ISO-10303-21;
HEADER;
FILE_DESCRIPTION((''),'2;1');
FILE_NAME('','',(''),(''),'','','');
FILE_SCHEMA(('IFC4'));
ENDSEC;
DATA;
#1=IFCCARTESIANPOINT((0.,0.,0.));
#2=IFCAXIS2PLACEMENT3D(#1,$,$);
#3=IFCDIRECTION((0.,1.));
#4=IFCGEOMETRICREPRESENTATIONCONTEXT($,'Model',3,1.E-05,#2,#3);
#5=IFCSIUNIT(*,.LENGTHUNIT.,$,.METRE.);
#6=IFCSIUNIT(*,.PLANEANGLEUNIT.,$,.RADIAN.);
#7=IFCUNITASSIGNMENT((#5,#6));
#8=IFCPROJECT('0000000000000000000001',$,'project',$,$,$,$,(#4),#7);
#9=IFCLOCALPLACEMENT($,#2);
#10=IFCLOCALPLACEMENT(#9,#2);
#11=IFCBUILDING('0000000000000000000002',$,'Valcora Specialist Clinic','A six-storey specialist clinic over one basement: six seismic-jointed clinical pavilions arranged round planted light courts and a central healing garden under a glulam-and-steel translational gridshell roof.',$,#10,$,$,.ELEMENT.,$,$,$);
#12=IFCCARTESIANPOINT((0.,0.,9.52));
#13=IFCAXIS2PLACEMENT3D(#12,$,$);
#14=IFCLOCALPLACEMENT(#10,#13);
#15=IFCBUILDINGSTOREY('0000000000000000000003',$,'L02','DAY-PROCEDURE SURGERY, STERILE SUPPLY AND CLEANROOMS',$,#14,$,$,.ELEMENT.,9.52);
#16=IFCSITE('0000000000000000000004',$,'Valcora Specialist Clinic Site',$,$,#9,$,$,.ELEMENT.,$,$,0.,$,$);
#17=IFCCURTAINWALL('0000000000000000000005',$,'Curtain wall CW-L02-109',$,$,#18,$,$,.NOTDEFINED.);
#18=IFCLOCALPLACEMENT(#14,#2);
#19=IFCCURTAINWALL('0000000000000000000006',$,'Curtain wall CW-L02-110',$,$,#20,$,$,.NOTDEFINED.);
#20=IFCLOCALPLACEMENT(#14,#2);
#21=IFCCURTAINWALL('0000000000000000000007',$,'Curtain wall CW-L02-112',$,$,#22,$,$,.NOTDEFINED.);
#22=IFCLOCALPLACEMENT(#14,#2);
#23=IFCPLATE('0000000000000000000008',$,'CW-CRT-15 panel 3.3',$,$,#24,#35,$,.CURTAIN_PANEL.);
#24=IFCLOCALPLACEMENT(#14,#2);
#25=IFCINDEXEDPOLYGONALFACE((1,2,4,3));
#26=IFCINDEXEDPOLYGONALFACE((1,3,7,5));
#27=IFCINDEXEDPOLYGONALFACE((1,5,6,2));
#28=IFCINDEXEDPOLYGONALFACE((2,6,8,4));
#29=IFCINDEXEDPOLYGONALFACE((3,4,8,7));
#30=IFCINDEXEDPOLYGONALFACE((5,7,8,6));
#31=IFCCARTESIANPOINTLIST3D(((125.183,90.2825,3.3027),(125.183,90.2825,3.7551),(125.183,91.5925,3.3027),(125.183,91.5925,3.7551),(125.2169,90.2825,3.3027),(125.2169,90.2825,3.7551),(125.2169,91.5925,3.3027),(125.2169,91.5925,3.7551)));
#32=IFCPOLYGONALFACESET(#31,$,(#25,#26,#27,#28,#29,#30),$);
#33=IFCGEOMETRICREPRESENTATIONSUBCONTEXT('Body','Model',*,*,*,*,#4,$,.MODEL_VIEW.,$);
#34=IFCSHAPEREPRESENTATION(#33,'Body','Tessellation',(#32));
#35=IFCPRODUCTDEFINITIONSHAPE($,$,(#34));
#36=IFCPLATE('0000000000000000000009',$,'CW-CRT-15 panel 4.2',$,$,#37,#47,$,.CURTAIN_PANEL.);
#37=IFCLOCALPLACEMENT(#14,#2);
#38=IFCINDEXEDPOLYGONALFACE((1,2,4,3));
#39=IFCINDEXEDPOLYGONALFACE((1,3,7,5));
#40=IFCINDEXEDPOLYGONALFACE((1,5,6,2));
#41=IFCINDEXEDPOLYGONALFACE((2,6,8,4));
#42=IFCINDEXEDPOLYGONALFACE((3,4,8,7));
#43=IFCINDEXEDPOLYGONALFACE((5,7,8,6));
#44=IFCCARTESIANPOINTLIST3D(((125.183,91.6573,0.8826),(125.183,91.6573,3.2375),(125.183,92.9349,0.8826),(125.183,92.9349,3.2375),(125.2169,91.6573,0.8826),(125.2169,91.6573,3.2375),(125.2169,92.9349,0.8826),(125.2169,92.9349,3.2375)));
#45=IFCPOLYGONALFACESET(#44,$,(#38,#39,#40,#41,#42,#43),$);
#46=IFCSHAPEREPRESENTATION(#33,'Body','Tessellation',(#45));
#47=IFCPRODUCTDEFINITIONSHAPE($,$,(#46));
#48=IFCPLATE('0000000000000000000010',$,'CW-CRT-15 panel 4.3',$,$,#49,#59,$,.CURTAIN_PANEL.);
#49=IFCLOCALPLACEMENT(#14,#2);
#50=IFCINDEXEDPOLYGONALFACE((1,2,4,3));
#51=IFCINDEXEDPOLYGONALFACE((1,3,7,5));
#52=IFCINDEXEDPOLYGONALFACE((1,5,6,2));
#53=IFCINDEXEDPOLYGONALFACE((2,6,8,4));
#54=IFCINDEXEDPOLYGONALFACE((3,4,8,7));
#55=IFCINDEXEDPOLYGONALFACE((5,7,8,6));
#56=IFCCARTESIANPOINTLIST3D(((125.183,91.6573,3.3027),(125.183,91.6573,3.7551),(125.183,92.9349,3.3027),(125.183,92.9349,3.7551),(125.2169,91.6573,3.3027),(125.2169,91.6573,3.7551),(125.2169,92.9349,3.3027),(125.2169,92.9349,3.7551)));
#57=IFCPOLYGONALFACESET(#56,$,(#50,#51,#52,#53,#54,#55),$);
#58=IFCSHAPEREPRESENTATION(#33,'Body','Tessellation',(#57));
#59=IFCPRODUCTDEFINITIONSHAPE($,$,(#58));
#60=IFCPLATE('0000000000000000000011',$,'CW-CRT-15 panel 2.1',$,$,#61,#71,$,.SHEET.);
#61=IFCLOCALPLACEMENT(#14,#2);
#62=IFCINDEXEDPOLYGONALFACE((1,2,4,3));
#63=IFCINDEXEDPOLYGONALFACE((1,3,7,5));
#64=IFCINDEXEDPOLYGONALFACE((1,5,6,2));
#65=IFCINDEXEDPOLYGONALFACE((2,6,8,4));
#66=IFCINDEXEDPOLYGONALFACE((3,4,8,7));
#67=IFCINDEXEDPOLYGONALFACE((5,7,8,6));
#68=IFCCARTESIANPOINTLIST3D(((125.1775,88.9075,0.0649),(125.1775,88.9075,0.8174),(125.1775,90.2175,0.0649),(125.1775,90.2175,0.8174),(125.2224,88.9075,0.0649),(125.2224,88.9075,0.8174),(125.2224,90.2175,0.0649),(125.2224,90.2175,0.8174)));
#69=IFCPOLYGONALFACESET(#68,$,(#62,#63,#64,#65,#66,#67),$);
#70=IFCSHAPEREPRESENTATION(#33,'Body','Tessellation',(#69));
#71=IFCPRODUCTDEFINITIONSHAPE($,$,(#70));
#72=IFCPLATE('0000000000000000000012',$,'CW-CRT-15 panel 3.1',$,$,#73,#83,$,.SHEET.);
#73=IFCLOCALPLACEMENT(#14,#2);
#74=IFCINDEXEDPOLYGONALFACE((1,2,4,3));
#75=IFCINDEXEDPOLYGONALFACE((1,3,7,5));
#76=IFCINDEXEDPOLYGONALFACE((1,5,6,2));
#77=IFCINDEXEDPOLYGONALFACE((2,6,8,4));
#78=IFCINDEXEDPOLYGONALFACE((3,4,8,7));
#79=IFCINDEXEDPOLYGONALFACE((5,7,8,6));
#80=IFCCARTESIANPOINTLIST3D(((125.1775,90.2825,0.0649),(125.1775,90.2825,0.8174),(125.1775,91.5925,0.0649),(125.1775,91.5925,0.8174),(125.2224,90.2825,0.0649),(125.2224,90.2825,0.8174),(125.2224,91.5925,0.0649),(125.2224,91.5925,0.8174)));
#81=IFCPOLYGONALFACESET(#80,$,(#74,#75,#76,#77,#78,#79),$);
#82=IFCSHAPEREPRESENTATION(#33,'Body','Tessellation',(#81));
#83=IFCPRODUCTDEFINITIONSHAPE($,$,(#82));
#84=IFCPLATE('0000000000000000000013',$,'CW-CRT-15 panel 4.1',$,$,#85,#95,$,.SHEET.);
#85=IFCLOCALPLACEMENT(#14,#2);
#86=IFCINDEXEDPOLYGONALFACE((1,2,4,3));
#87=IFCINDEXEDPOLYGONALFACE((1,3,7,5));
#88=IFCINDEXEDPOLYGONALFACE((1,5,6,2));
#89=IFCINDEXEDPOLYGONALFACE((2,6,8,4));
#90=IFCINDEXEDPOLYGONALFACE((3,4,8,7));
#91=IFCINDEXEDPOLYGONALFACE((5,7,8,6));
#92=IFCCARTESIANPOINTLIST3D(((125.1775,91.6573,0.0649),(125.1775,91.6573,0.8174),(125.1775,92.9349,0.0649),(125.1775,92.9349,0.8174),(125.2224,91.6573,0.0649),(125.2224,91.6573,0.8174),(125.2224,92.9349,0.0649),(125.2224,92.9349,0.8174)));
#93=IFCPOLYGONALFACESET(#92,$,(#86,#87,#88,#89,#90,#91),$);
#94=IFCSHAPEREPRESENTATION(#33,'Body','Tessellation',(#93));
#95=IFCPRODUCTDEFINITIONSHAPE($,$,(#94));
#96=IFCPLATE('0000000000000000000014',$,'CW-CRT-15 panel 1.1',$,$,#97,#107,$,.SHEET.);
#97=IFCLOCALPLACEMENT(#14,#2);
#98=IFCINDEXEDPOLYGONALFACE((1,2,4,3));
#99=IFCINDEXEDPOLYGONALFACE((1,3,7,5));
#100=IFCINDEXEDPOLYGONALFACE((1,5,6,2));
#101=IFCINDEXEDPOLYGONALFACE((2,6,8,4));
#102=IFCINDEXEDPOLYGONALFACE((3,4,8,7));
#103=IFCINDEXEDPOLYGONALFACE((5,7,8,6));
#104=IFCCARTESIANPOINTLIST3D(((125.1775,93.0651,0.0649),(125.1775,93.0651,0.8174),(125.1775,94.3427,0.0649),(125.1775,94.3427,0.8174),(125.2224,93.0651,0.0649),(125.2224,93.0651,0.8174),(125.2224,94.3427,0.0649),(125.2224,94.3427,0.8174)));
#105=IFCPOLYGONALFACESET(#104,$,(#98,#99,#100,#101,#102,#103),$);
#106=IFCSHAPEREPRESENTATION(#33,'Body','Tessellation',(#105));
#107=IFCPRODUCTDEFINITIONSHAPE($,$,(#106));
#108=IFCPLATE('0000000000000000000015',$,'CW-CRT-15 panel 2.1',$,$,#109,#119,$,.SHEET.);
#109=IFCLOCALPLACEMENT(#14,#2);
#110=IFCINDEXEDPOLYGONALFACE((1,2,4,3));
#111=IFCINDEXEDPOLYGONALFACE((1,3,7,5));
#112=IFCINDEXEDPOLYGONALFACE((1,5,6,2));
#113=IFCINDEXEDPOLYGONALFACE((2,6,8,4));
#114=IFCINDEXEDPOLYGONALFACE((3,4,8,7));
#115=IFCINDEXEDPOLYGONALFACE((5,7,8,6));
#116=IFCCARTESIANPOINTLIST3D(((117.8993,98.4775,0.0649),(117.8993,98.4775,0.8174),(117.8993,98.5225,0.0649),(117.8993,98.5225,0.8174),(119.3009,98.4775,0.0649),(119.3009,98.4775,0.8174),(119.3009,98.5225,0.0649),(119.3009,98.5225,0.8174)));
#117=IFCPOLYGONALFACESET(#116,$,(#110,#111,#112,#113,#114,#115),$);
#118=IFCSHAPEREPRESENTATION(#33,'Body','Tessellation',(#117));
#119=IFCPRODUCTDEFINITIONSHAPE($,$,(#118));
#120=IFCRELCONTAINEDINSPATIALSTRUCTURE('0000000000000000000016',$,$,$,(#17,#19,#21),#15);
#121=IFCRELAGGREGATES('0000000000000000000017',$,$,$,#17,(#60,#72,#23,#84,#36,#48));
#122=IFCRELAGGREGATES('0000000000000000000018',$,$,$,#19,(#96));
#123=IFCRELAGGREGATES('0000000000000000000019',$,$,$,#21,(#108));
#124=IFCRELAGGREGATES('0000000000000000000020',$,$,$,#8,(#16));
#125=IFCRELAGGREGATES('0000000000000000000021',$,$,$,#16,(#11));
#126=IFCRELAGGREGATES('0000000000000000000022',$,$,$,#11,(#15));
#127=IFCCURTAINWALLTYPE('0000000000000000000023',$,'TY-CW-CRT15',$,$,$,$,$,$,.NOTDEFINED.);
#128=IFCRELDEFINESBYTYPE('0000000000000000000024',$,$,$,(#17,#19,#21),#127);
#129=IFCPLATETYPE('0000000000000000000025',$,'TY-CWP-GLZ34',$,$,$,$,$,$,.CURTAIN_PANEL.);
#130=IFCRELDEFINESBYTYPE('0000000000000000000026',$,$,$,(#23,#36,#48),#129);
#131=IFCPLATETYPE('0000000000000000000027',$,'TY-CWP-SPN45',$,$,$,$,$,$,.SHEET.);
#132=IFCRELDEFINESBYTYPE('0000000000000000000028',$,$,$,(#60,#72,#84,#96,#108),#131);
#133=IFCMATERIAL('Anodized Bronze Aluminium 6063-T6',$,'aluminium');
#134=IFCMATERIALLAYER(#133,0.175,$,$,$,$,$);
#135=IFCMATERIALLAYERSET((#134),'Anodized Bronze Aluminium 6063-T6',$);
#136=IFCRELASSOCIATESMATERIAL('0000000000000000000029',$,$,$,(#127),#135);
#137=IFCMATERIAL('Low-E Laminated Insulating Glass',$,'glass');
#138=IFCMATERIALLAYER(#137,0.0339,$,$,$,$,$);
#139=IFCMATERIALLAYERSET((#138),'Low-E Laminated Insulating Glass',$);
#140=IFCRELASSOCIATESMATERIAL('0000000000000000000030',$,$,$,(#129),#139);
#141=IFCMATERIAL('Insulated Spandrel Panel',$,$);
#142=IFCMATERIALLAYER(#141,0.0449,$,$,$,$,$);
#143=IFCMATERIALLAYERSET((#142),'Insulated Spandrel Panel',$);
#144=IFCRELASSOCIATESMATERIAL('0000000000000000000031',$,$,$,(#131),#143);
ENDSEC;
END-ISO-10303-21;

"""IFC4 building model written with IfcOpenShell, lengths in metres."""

from ifc_helpers import new_model, si_unit, direction, frame, origin, origin_2d, place, context, subcontext, project, spatial, rectangle, extrude, material, layer, layer_set, type_object, element, aggregate, save


model = new_model("IFC4")

# Units and contexts
model_context = context("Model", 3, precision=1e-05, world=origin(), true_north=direction((0.0, 1.0)))
body_context = subcontext(model_context, "Body", "Model", "MODEL_VIEW")
ifc_project = project(units=[si_unit("LENGTHUNIT", "METRE"), si_unit("PLANEANGLEUNIT", "RADIAN")], contexts=[model_context])

# Site, building, storey
site_placement = place(None, origin())
site = spatial("IfcSite", under=ifc_project, at=site_placement, Name="Valcora Specialist Clinic Site", CompositionType="ELEMENT", RefElevation=0.0)
building_placement = place(site_placement, origin())
building = spatial("IfcBuilding", under=site, at=building_placement, Name="Valcora Specialist Clinic", Description="A six-storey specialist clinic over one basement: six seismic-jointed clinical pavilions arranged round planted light courts and a central healing garden under a glulam-and-steel translational gridshell roof.", CompositionType="ELEMENT")
storey_placement = place(building_placement, frame((0.0, 0.0, 9.52)))
storey = spatial("IfcBuildingStorey", under=building, at=storey_placement, Name="L02", Description="DAY-PROCEDURE SURGERY, STERILE SUPPLY AND CLEANROOMS", CompositionType="ELEMENT", Elevation=9.52)

# Curtain walls
ifc_material_1 = material(Name="Anodized Bronze Aluminium 6063-T6", Category="aluminium")
ifc_layer_1 = layer(ifc_material_1, 0.175)
ifc_layer_set_1 = layer_set([ifc_layer_1], Name="Anodized Bronze Aluminium 6063-T6")
curtain_wall_type = type_object("IfcCurtainWallType", Name="TY-CW-CRT15", PredefinedType="NOTDEFINED", material=ifc_layer_set_1)
curtain_wall_1_placement = place(storey_placement, origin())
curtain_wall_1 = element("IfcCurtainWall", 1, at=curtain_wall_1_placement, inside=storey, type_object=curtain_wall_type, Name="Curtain wall CW-L02-109", PredefinedType="NOTDEFINED")
curtain_wall_2_placement = place(storey_placement, origin())
curtain_wall_2 = element("IfcCurtainWall", 2, at=curtain_wall_2_placement, inside=storey, type_object=curtain_wall_type, Name="Curtain wall CW-L02-110", PredefinedType="NOTDEFINED")

# Curtain wall
curtain_wall_3_placement = place(storey_placement, origin())
curtain_wall_3 = element("IfcCurtainWall", 3, at=curtain_wall_3_placement, inside=storey, type_object=curtain_wall_type, Name="Curtain wall CW-L02-112", PredefinedType="NOTDEFINED")

# Plates
ifc_material_2 = material(Name="Low-E Laminated Insulating Glass", Category="glass")
ifc_layer_2 = layer(ifc_material_2, 0.0339)
ifc_layer_set_2 = layer_set([ifc_layer_2], Name="Low-E Laminated Insulating Glass")
plate_type_1 = type_object("IfcPlateType", Name="TY-CWP-GLZ34", PredefinedType="CURTAIN_PANEL", material=ifc_layer_set_2)
plate_1_placement = place(storey_placement, frame((125.2, 90.9375, 3.3027), z_axis=(0.0, 0.0, 1.0), x_axis=(0.0, 1.0, 0.0)))
plate_1 = element("IfcPlate", 4, at=plate_1_placement, type_object=plate_type_1, Name="CW-CRT-15 panel 3.3", PredefinedType="CURTAIN_PANEL", context=body_context, shape_type="SweptSolid", body=[
    extrude(rectangle(XDim=1.3101, YDim=0.0339, at=origin_2d()), origin(), (0.0, 0.0, 1.0), 0.4524),
])
plate_2_placement = place(storey_placement, frame((125.2, 92.2961, 0.8826), z_axis=(0.0, 0.0, 1.0), x_axis=(0.0, 1.0, 0.0)))
plate_2 = element("IfcPlate", 5, at=plate_2_placement, type_object=plate_type_1, Name="CW-CRT-15 panel 4.2", PredefinedType="CURTAIN_PANEL", context=body_context, shape_type="SweptSolid", body=[
    extrude(rectangle(XDim=1.2776, YDim=0.0339, at=origin_2d()), origin(), (0.0, 0.0, 1.0), 2.355),
])
plate_3_placement = place(storey_placement, frame((125.2, 92.2961, 3.3027), z_axis=(0.0, 0.0, 1.0), x_axis=(0.0, 1.0, 0.0)))
plate_3 = element("IfcPlate", 6, at=plate_3_placement, type_object=plate_type_1, Name="CW-CRT-15 panel 4.3", PredefinedType="CURTAIN_PANEL", context=body_context, shape_type="SweptSolid", body=[
    extrude(rectangle(XDim=1.2776, YDim=0.0339, at=origin_2d()), origin(), (0.0, 0.0, 1.0), 0.4524),
])
ifc_material_3 = material(Name="Insulated Spandrel Panel")
ifc_layer_3 = layer(ifc_material_3, 0.0449)
ifc_layer_set_3 = layer_set([ifc_layer_3], Name="Insulated Spandrel Panel")
plate_type_2 = type_object("IfcPlateType", Name="TY-CWP-SPN45", PredefinedType="SHEET", material=ifc_layer_set_3)
plate_4_placement = place(storey_placement, frame((125.2, 89.5625, 0.0649), z_axis=(0.0, 0.0, 1.0), x_axis=(0.0, 1.0, 0.0)))
plate_4 = element("IfcPlate", 7, at=plate_4_placement, type_object=plate_type_2, Name="CW-CRT-15 panel 2.1", PredefinedType="SHEET", context=body_context, shape_type="SweptSolid", body=[
    extrude(rectangle(XDim=1.3101, YDim=0.0449, at=origin_2d()), origin(), (0.0, 0.0, 1.0), 0.7524),
])
plate_5_placement = place(storey_placement, frame((125.2, 90.9375, 0.0649), z_axis=(0.0, 0.0, 1.0), x_axis=(0.0, 1.0, 0.0)))
plate_5 = element("IfcPlate", 8, at=plate_5_placement, type_object=plate_type_2, Name="CW-CRT-15 panel 3.1", PredefinedType="SHEET", context=body_context, shape_type="SweptSolid", body=[
    extrude(rectangle(XDim=1.3101, YDim=0.0449, at=origin_2d()), origin(), (0.0, 0.0, 1.0), 0.7524),
])
plate_6_placement = place(storey_placement, frame((125.2, 92.2961, 0.0649), z_axis=(0.0, 0.0, 1.0), x_axis=(0.0, 1.0, 0.0)))
plate_6 = element("IfcPlate", 9, at=plate_6_placement, type_object=plate_type_2, Name="CW-CRT-15 panel 4.1", PredefinedType="SHEET", context=body_context, shape_type="SweptSolid", body=[
    extrude(rectangle(XDim=1.2776, YDim=0.0449, at=origin_2d()), origin(), (0.0, 0.0, 1.0), 0.7524),
])
aggregate(curtain_wall_1, [plate_4, plate_5, plate_1, plate_6, plate_2, plate_3])
plate_7_placement = place(storey_placement, frame((125.2, 93.7039, 0.0649), z_axis=(0.0, 0.0, 1.0), x_axis=(0.0, 1.0, 0.0)))
plate_7 = element("IfcPlate", 10, at=plate_7_placement, type_object=plate_type_2, Name="CW-CRT-15 panel 1.1", PredefinedType="SHEET", context=body_context, shape_type="SweptSolid", body=[
    extrude(rectangle(XDim=1.2776, YDim=0.0449, at=origin_2d()), origin(), (0.0, 0.0, 1.0), 0.7524),
])
aggregate(curtain_wall_2, [plate_7])
plate_8_placement = place(storey_placement, frame((118.6001, 98.5, 0.0649), z_axis=(0.0, 0.0, 1.0), x_axis=(-1.0, 0.0, 0.0)))
plate_8 = element("IfcPlate", 11, at=plate_8_placement, type_object=plate_type_2, Name="CW-CRT-15 panel 2.1", PredefinedType="SHEET", context=body_context, shape_type="SweptSolid", body=[
    extrude(rectangle(XDim=1.4016, YDim=0.0449, at=origin_2d()), origin(), (0.0, 0.0, 1.0), 0.7524),
])
aggregate(curtain_wall_3, [plate_8])

save(model, "model.ifc")
